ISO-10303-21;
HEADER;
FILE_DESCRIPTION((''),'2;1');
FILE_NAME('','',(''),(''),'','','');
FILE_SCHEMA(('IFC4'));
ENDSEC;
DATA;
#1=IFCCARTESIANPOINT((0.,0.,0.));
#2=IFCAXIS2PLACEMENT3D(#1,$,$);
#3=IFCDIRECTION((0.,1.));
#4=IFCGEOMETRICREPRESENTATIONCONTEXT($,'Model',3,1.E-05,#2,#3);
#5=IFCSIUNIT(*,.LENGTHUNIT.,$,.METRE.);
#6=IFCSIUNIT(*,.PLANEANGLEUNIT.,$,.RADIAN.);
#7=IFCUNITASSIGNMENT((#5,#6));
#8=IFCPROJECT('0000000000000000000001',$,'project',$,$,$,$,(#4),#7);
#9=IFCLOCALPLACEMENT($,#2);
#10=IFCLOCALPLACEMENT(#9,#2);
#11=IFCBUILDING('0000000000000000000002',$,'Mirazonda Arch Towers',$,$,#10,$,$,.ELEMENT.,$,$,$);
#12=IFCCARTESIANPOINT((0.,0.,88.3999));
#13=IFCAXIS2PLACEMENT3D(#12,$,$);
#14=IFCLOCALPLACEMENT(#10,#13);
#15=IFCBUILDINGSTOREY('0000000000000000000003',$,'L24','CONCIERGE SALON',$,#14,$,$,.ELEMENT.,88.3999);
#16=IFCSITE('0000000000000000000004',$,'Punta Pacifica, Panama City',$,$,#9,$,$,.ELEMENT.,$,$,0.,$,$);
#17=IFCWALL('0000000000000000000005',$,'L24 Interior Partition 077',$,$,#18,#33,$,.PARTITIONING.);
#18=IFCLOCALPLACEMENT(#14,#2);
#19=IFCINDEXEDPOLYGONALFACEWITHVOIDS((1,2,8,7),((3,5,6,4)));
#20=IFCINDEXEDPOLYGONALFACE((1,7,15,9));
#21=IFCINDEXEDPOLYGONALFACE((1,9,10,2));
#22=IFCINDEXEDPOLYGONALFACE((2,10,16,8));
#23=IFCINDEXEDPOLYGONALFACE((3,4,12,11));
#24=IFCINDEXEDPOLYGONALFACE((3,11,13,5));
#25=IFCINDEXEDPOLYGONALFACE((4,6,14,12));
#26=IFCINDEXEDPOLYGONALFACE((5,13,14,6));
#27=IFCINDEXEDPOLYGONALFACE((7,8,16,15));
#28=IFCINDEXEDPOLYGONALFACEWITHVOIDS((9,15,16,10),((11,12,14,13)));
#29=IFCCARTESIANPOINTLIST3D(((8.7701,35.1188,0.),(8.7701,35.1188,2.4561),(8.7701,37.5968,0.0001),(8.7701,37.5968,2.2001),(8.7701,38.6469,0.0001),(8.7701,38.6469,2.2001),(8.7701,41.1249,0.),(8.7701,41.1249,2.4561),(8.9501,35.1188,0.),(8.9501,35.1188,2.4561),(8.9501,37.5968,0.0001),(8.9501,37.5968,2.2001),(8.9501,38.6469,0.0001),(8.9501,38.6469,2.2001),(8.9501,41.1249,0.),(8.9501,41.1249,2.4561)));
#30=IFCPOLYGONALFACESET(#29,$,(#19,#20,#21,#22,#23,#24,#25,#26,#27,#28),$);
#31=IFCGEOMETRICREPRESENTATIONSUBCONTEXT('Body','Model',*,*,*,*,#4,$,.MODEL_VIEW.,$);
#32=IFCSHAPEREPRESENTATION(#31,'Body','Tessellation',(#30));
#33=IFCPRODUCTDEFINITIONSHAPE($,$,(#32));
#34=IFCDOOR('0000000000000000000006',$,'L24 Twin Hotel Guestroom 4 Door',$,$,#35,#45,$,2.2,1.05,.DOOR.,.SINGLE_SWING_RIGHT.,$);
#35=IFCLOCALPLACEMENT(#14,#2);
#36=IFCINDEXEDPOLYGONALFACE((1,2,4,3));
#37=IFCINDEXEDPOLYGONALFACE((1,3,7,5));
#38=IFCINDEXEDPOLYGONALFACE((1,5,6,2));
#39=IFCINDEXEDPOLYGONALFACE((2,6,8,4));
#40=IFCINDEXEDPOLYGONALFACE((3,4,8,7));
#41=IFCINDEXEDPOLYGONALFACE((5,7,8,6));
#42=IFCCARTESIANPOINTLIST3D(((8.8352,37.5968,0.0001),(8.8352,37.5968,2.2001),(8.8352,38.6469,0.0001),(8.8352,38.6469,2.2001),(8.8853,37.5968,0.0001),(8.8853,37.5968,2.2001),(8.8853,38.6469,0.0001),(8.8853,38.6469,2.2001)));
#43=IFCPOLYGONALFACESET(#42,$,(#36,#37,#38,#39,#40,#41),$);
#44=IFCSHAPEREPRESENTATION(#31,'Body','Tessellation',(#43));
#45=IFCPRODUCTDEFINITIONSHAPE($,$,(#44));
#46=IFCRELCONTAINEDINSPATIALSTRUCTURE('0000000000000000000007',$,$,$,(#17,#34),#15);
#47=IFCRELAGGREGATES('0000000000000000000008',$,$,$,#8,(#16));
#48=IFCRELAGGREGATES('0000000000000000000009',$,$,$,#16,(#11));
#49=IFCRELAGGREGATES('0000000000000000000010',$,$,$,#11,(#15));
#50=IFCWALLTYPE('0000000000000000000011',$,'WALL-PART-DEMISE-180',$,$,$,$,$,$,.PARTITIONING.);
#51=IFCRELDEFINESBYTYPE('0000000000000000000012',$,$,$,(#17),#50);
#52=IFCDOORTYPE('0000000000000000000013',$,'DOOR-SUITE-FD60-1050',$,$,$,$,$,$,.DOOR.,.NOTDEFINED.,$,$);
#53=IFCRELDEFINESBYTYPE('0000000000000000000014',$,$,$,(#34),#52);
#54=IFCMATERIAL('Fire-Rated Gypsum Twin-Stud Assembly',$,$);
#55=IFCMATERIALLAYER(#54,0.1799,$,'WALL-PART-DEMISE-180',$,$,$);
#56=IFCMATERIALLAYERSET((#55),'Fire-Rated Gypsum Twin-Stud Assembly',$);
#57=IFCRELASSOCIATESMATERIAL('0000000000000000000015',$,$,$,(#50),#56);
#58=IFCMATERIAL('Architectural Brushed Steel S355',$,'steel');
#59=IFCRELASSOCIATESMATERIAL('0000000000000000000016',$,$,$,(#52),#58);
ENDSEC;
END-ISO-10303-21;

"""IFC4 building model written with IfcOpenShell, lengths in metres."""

from ifc_helpers import new_model, si_unit, direction, frame, frame_2d, origin, place, context, subcontext, project, spatial, rectangle, extrude, material, layer, layer_set, type_object, element, fill, save


model = new_model("IFC4")

# Units and contexts
model_context = context("Model", 3, precision=1e-05, world=origin(), true_north=direction((0.0, 1.0)))
body_context = subcontext(model_context, "Body", "Model", "MODEL_VIEW")
ifc_project = project(units=[si_unit("LENGTHUNIT", "METRE"), si_unit("PLANEANGLEUNIT", "RADIAN")], contexts=[model_context])

# Site, building, storey
site_placement = place(None, origin())
site = spatial("IfcSite", under=ifc_project, at=site_placement, Name="Punta Pacifica, Panama City", CompositionType="ELEMENT", RefElevation=0.0)
building_placement = place(site_placement, origin())
building = spatial("IfcBuilding", under=site, at=building_placement, Name="Mirazonda Arch Towers", CompositionType="ELEMENT")
storey_placement = place(building_placement, frame((0.0, 0.0, 88.3999)))
storey = spatial("IfcBuildingStorey", under=building, at=storey_placement, Name="L24", Description="CONCIERGE SALON", CompositionType="ELEMENT", Elevation=88.3999)

# Shared definitions
ifc_material_1 = material(Name="Architectural Brushed Steel S355", Category="steel")

# Shared definitions
ifc_material_2 = material(Name="Fire-Rated Gypsum Twin-Stud Assembly")
ifc_layer_1 = layer(ifc_material_2, 0.1799, Name="WALL-PART-DEMISE-180")
ifc_layer_set_1 = layer_set([ifc_layer_1], Name="Fire-Rated Gypsum Twin-Stud Assembly")
wall_type_1 = type_object("IfcWallType", Name="WALL-PART-DEMISE-180", PredefinedType="PARTITIONING", material=ifc_layer_set_1)

# Shared definitions
door_type_1 = type_object("IfcDoorType", Name="DOOR-SUITE-FD60-1050", OperationType="NOTDEFINED", PredefinedType="DOOR", material=ifc_material_1)

# Wall, opening, door
wall_1_placement = place(storey_placement, frame((8.8601, 35.1189, 0.0), z_axis=(0.0, 0.0, 1.0), x_axis=(0.0, 1.0, 0.0)))
wall_1 = element("IfcWall", 1, at=wall_1_placement, inside=storey, type_object=wall_type_1, Name="L24 Interior Partition 077", PredefinedType="PARTITIONING", context=body_context, shape_type="SweptSolid", body=[
    extrude(rectangle(XDim=6.0061, YDim=0.1799, at=frame_2d((3.0029, 0.0))), origin(), (0.0, 0.0, 1.0), 2.4561),
])
opening_1_placement = place(wall_1_placement, frame((2.478, 0.0, 0.0)))
opening_1 = element("IfcOpeningElement", 2, at=opening_1_placement, cuts=wall_1, PredefinedType="OPENING", context=body_context, shape_type="SweptSolid", body=[
    extrude(rectangle(XDim=1.05, YDim=2.2, at=frame_2d((0.5249, 1.1001))), frame((0.0, 0.0999, 0.0), z_axis=(0.0, -1.0, 0.0), x_axis=(1.0, 0.0, 0.0)), (0.0, 0.0, 1.0), 0.2),
])
door_1_placement = place(opening_1_placement, origin())
door_1 = element("IfcDoor", 3, at=door_1_placement, inside=storey, type_object=door_type_1, Name="L24 Twin Hotel Guestroom 4 Door", OperationType="SINGLE_SWING_RIGHT", OverallHeight=2.2, OverallWidth=1.05, PredefinedType="DOOR", context=body_context, shape_type="SweptSolid", body=[
    extrude(rectangle(XDim=1.05, YDim=2.2, at=frame_2d((0.5249, 1.1001))), frame((0.0, 0.0249, 0.0), z_axis=(0.0, -1.0, 0.0), x_axis=(1.0, 0.0, 0.0)), (0.0, 0.0, 1.0), 0.05),
])
fill(opening_1, door_1)

save(model, "model.ifc")
